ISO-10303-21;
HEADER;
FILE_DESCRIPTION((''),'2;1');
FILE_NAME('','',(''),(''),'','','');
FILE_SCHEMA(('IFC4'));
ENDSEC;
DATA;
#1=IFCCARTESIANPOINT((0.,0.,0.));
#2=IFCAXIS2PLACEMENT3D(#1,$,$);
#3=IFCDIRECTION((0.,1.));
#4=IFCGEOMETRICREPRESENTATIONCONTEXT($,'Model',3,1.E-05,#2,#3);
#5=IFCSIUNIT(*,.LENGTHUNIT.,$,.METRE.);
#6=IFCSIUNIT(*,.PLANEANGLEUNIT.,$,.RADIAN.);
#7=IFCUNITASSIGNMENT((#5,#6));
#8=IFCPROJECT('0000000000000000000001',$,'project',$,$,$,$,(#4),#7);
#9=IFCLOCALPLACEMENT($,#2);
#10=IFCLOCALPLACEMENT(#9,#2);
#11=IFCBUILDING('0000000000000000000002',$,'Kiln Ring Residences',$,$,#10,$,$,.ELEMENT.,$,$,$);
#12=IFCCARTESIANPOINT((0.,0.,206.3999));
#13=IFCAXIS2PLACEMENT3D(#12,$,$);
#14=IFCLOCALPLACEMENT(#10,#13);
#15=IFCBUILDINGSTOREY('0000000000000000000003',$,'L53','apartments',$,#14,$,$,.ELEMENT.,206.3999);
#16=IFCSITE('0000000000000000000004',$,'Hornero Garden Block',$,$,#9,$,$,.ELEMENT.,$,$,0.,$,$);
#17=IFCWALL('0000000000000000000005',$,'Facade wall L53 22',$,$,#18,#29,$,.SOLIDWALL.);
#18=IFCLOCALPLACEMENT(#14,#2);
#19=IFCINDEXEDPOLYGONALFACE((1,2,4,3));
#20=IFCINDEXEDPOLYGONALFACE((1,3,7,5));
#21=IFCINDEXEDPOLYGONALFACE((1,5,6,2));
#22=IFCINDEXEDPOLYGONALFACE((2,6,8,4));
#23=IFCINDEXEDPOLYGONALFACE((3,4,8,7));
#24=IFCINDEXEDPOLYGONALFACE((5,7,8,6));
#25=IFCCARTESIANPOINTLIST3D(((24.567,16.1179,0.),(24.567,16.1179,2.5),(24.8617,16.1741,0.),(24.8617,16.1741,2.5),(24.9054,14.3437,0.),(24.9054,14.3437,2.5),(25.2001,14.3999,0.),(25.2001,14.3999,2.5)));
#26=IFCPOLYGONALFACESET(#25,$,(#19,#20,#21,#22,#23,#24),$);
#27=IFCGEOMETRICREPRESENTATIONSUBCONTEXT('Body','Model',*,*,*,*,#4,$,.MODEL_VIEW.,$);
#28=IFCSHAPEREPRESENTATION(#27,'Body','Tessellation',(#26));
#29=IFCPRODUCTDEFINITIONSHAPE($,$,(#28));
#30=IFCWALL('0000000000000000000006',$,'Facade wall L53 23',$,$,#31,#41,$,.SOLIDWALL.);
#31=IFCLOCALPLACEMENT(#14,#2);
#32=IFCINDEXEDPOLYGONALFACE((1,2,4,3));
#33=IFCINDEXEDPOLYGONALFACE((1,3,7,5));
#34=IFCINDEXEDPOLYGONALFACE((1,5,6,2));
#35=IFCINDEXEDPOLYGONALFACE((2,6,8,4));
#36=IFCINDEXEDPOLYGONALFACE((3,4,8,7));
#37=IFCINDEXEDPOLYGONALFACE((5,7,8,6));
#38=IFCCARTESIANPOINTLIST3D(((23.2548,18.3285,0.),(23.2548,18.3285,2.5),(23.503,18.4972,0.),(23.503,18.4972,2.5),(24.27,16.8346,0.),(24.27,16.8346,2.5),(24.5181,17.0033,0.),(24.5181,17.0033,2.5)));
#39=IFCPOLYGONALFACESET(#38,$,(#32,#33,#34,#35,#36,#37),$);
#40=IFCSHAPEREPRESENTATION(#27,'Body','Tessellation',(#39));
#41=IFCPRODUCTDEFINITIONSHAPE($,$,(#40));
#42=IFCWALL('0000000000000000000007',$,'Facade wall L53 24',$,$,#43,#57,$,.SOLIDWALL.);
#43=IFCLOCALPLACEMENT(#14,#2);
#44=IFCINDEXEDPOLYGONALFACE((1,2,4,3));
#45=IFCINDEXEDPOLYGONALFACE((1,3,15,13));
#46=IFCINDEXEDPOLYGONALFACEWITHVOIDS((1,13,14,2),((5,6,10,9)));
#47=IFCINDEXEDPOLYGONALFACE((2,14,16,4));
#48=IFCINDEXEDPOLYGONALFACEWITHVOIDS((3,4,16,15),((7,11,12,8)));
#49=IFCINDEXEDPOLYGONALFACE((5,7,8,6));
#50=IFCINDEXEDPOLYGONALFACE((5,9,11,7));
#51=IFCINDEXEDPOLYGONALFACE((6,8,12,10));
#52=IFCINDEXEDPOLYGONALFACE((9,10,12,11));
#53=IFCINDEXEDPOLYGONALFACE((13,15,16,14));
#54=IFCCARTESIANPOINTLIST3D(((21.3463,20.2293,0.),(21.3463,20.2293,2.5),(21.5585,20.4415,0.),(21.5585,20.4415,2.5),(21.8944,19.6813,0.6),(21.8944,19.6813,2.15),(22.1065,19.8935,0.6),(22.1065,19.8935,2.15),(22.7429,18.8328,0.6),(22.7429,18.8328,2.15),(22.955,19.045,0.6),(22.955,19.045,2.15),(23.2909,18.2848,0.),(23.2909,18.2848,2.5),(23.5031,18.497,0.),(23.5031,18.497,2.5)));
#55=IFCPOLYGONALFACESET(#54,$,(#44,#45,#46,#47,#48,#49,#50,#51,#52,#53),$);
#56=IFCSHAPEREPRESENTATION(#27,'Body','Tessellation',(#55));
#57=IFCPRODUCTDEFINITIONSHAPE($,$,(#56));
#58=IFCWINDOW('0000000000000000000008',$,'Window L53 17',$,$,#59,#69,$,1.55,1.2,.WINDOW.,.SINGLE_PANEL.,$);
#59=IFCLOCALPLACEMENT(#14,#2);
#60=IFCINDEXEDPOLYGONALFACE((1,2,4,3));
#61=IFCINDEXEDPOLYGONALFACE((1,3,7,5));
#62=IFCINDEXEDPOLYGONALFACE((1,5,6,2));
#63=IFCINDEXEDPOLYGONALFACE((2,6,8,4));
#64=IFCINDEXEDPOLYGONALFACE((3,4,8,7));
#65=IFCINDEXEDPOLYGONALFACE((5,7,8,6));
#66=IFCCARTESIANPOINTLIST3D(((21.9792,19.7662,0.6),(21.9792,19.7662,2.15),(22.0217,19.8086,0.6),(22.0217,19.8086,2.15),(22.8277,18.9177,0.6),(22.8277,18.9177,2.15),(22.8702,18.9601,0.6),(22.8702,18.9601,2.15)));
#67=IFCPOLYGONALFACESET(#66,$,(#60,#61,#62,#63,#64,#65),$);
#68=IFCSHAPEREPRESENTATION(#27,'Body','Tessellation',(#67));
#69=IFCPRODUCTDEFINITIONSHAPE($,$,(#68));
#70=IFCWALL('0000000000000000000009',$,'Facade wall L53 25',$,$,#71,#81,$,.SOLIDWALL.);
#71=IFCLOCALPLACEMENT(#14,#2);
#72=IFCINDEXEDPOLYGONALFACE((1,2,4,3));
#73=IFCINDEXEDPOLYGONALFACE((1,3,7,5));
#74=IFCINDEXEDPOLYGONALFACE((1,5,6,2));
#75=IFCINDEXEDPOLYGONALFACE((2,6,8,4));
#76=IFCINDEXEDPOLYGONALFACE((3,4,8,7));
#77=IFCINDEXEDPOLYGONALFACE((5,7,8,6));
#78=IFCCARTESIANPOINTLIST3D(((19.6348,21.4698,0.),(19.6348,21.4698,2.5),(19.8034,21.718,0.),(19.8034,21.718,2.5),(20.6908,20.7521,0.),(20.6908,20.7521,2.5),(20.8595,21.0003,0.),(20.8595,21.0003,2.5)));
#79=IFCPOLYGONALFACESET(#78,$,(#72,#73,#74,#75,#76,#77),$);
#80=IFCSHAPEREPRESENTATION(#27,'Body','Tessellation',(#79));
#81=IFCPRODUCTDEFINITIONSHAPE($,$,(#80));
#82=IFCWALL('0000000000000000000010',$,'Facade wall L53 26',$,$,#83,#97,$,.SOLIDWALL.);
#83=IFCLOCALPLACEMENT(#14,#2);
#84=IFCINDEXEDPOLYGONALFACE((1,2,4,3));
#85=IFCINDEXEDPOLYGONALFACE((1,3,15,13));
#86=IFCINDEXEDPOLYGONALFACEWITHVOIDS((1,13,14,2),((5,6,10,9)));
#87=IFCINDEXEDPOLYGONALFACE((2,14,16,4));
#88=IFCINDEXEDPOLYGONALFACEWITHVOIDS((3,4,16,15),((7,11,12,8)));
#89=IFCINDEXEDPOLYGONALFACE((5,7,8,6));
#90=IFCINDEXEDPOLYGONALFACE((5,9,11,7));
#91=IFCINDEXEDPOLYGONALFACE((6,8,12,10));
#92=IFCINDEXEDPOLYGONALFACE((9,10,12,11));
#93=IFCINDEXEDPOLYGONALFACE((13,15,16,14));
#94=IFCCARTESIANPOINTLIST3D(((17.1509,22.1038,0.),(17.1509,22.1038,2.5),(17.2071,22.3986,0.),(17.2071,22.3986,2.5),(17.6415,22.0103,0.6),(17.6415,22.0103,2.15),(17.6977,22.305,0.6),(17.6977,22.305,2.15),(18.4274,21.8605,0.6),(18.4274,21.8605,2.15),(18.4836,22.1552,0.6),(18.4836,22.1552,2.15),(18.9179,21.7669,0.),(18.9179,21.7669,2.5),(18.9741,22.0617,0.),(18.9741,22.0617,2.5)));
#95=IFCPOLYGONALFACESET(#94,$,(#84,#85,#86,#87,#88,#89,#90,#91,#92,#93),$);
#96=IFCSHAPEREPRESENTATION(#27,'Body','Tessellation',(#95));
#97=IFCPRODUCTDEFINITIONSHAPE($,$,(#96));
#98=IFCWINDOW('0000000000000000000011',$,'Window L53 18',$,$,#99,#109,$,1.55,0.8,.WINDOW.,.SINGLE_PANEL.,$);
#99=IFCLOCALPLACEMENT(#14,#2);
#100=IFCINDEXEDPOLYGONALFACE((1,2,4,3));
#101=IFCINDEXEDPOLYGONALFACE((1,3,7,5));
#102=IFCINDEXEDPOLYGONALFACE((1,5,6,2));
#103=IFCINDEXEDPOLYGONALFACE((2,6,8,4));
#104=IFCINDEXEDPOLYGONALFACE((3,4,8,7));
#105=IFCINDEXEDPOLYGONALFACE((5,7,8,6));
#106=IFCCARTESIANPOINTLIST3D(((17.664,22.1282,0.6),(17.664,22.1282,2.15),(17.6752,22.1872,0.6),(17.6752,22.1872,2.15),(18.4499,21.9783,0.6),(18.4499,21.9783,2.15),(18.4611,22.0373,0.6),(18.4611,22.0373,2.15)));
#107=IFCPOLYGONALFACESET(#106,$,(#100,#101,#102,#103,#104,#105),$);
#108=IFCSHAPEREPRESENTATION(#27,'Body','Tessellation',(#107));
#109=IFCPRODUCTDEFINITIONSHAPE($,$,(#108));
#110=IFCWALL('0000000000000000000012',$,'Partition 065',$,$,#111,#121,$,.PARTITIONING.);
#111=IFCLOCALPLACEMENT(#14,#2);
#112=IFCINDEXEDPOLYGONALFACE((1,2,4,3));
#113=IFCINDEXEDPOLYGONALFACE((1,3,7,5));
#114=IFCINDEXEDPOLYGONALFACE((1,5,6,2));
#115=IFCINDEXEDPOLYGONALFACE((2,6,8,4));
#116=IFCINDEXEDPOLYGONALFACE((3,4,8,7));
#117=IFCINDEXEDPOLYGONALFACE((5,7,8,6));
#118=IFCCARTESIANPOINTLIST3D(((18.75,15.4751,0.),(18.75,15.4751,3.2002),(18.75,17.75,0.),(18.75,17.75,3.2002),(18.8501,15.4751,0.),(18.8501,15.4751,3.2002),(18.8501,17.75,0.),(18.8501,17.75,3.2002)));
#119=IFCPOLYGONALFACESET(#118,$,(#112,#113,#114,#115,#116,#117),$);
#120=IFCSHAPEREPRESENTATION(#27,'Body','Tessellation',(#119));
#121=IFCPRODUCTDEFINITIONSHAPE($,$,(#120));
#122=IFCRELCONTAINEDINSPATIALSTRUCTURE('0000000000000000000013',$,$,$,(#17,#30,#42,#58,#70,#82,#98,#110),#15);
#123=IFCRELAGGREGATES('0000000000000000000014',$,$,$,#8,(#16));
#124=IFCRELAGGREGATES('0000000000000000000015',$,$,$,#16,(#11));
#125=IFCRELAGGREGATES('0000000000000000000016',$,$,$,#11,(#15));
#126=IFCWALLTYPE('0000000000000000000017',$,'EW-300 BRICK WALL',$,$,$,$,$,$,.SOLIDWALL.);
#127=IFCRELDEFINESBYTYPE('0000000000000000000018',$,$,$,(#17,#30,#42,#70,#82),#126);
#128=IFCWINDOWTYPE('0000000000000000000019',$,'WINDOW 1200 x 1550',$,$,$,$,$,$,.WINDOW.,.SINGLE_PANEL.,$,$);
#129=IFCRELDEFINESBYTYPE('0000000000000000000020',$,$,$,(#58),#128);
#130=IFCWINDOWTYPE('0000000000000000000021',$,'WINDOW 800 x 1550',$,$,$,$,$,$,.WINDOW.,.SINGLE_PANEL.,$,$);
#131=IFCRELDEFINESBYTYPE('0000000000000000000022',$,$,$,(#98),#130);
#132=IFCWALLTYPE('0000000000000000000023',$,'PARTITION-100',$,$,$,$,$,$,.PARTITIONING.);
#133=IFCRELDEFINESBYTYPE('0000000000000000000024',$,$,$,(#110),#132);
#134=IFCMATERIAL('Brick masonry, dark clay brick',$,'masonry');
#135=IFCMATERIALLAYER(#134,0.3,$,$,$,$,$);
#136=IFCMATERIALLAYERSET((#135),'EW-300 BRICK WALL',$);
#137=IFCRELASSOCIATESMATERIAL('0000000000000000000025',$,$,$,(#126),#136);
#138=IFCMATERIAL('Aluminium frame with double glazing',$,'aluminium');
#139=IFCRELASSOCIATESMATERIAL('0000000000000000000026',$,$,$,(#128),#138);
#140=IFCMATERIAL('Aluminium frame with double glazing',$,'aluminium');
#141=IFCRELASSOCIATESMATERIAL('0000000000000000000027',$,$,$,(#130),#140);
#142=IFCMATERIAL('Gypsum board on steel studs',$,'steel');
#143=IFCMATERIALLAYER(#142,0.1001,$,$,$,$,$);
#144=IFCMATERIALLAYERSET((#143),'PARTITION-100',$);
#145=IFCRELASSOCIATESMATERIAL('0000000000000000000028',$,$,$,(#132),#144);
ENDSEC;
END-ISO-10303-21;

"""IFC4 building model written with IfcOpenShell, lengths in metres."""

from ifc_helpers import new_model, si_unit, direction, frame, frame_2d, origin, place, context, subcontext, project, spatial, rectangle, extrude, material, layer, layer_set, type_object, element, fill, save


model = new_model("IFC4")

# Units and contexts
model_context = context("Model", 3, precision=1e-05, world=origin(), true_north=direction((0.0, 1.0)))
body_context = subcontext(model_context, "Body", "Model", "MODEL_VIEW")
ifc_project = project(units=[si_unit("LENGTHUNIT", "METRE"), si_unit("PLANEANGLEUNIT", "RADIAN")], contexts=[model_context])

# Site, building, storey
site_placement = place(None, origin())
site = spatial("IfcSite", under=ifc_project, at=site_placement, Name="Hornero Garden Block", CompositionType="ELEMENT", RefElevation=0.0)
building_placement = place(site_placement, origin())
building = spatial("IfcBuilding", under=site, at=building_placement, Name="Kiln Ring Residences", CompositionType="ELEMENT")
storey_placement = place(building_placement, frame((0.0, 0.0, 206.3999)))
storey = spatial("IfcBuildingStorey", under=building, at=storey_placement, Name="L53", Description="apartments", CompositionType="ELEMENT", Elevation=206.3999)

# Walls
ifc_material_1 = material(Name="Brick masonry, dark clay brick", Category="masonry")
ifc_layer_1 = layer(ifc_material_1, 0.3)
ifc_layer_set_1 = layer_set([ifc_layer_1], Name="EW-300 BRICK WALL")
wall_type_1 = type_object("IfcWallType", Name="EW-300 BRICK WALL", PredefinedType="SOLIDWALL", material=ifc_layer_set_1)
for number, where, z_axis, x_axis, name in (
    (1, (25.0527, 14.3718, 0.0), (0.0, 0.0, 1.0), (-0.187348, 0.982294, 0.0), "Facade wall L53 22"),
    (2, (24.394, 16.9189, 0.0), (0.0, 0.0, 1.0), (-0.56204, 0.82711, 0.0), "Facade wall L53 23"),
):
    element("IfcWall", number, at=place(storey_placement, frame(where, z_axis=z_axis, x_axis=x_axis)), inside=storey, type_object=wall_type_1, Name=name, PredefinedType="SOLIDWALL", context=body_context, shape_type="SweptSolid", body=[
        extrude(rectangle(XDim=1.8062, YDim=0.3, at=frame_2d((0.9031, 0.0))), origin(), (0.0, 0.0, 1.0), 2.5),
    ])

# Wall, opening, window
wall_1_placement = place(storey_placement, frame((23.397, 18.3909, 0.0), z_axis=(0.0, 0.0, 1.0), x_axis=(-0.707107, 0.707107, 0.0)))
wall_1 = element("IfcWall", 3, at=wall_1_placement, inside=storey, type_object=wall_type_1, Name="Facade wall L53 24", PredefinedType="SOLIDWALL", context=body_context, shape_type="SweptSolid", body=[
    extrude(rectangle(XDim=2.75, YDim=0.3, at=frame_2d((1.375, 0.0))), origin(), (0.0, 0.0, 1.0), 2.5),
])
opening_1_placement = place(wall_1_placement, frame((0.7749, 0.0, 0.6001)))
opening_1 = element("IfcOpeningElement", 4, at=opening_1_placement, cuts=wall_1, PredefinedType="OPENING", context=body_context, shape_type="SweptSolid", body=[
    extrude(rectangle(XDim=1.2, YDim=1.55, at=frame_2d((0.6001, 0.7749))), frame((0.0, 0.1599, 0.0), z_axis=(0.0, -1.0, 0.0), x_axis=(1.0, 0.0, 0.0)), (0.0, 0.0, 1.0), 0.3201),
])
ifc_material_2 = material(Name="Aluminium frame with double glazing", Category="aluminium")
window_type_1 = type_object("IfcWindowType", Name="WINDOW 1200 x 1550", PartitioningType="SINGLE_PANEL", PredefinedType="WINDOW", material=ifc_material_2)
window_1_placement = place(opening_1_placement, origin())
window_1 = element("IfcWindow", 5, at=window_1_placement, inside=storey, type_object=window_type_1, Name="Window L53 17", OverallHeight=1.55, OverallWidth=1.2, PartitioningType="SINGLE_PANEL", PredefinedType="WINDOW", context=body_context, shape_type="SweptSolid", body=[
    extrude(rectangle(XDim=1.2, YDim=1.55, at=frame_2d((0.6001, 0.7749))), frame((0.0, 0.03, 0.0), z_axis=(0.0, -1.0, 0.0), x_axis=(1.0, 0.0, 0.0)), (0.0, 0.0, 1.0), 0.0601),
])
fill(opening_1, window_1)

# Wall
wall_2_placement = place(storey_placement, frame((20.7751, 20.8762, 0.0), z_axis=(0.0, 0.0, 1.0), x_axis=(-0.827076, 0.56209, 0.0)))
element("IfcWall", 6, at=wall_2_placement, inside=storey, type_object=wall_type_1, Name="Facade wall L53 25", PredefinedType="SOLIDWALL", context=body_context, shape_type="SweptSolid", body=[
    extrude(rectangle(XDim=1.2769, YDim=0.3, at=frame_2d((0.6384, 0.0))), origin(), (0.0, 0.0, 1.0), 2.5),
])

# Wall, opening, window
wall_3_placement = place(storey_placement, frame((18.946, 21.9143, 0.0), z_axis=(0.0, 0.0, 1.0), x_axis=(-0.982305, 0.187287, 0.0)))
wall_3 = element("IfcWall", 7, at=wall_3_placement, inside=storey, type_object=wall_type_1, Name="Facade wall L53 26", PredefinedType="SOLIDWALL", context=body_context, shape_type="SweptSolid", body=[
    extrude(rectangle(XDim=1.7988, YDim=0.3, at=frame_2d((0.8994, 0.0))), origin(), (0.0, 0.0, 1.0), 2.5),
])
opening_2_placement = place(wall_3_placement, frame((0.4995, 0.0, 0.6001)))
opening_2 = element("IfcOpeningElement", 8, at=opening_2_placement, cuts=wall_3, PredefinedType="OPENING", context=body_context, shape_type="SweptSolid", body=[
    extrude(rectangle(XDim=0.8, YDim=1.55, at=frame_2d((0.3999, 0.7749))), frame((0.0, 0.1599, 0.0), z_axis=(0.0, -1.0, 0.0), x_axis=(1.0, 0.0, 0.0)), (0.0, 0.0, 1.0), 0.3201),
])
ifc_material_3 = material(Name="Aluminium frame with double glazing", Category="aluminium")
window_type_2 = type_object("IfcWindowType", Name="WINDOW 800 x 1550", PartitioningType="SINGLE_PANEL", PredefinedType="WINDOW", material=ifc_material_3)
window_2_placement = place(opening_2_placement, origin())
window_2 = element("IfcWindow", 9, at=window_2_placement, inside=storey, type_object=window_type_2, Name="Window L53 18", OverallHeight=1.55, OverallWidth=0.8, PartitioningType="SINGLE_PANEL", PredefinedType="WINDOW", context=body_context, shape_type="SweptSolid", body=[
    extrude(rectangle(XDim=0.8, YDim=1.55, at=frame_2d((0.3999, 0.7749))), frame((0.0, 0.03, 0.0), z_axis=(0.0, -1.0, 0.0), x_axis=(1.0, 0.0, 0.0)), (0.0, 0.0, 1.0), 0.0601),
])
fill(opening_2, window_2)

# Wall
ifc_material_4 = material(Name="Gypsum board on steel studs", Category="steel")
ifc_layer_2 = layer(ifc_material_4, 0.1001)
ifc_layer_set_2 = layer_set([ifc_layer_2], Name="PARTITION-100")
wall_type_2 = type_object("IfcWallType", Name="PARTITION-100", PredefinedType="PARTITIONING", material=ifc_layer_set_2)
wall_4_placement = place(storey_placement, frame((18.8, 15.4751, 0.0), z_axis=(0.0, 0.0, 1.0), x_axis=(0.0, 1.0, 0.0)))
element("IfcWall", 10, at=wall_4_placement, inside=storey, type_object=wall_type_2, Name="Partition 065", PredefinedType="PARTITIONING", context=body_context, shape_type="SweptSolid", body=[
    extrude(rectangle(XDim=2.2749, YDim=0.1001, at=frame_2d((1.1375, 0.0))), origin(), (0.0, 0.0, 1.0), 3.2002),
])

save(model, "model.ifc")
